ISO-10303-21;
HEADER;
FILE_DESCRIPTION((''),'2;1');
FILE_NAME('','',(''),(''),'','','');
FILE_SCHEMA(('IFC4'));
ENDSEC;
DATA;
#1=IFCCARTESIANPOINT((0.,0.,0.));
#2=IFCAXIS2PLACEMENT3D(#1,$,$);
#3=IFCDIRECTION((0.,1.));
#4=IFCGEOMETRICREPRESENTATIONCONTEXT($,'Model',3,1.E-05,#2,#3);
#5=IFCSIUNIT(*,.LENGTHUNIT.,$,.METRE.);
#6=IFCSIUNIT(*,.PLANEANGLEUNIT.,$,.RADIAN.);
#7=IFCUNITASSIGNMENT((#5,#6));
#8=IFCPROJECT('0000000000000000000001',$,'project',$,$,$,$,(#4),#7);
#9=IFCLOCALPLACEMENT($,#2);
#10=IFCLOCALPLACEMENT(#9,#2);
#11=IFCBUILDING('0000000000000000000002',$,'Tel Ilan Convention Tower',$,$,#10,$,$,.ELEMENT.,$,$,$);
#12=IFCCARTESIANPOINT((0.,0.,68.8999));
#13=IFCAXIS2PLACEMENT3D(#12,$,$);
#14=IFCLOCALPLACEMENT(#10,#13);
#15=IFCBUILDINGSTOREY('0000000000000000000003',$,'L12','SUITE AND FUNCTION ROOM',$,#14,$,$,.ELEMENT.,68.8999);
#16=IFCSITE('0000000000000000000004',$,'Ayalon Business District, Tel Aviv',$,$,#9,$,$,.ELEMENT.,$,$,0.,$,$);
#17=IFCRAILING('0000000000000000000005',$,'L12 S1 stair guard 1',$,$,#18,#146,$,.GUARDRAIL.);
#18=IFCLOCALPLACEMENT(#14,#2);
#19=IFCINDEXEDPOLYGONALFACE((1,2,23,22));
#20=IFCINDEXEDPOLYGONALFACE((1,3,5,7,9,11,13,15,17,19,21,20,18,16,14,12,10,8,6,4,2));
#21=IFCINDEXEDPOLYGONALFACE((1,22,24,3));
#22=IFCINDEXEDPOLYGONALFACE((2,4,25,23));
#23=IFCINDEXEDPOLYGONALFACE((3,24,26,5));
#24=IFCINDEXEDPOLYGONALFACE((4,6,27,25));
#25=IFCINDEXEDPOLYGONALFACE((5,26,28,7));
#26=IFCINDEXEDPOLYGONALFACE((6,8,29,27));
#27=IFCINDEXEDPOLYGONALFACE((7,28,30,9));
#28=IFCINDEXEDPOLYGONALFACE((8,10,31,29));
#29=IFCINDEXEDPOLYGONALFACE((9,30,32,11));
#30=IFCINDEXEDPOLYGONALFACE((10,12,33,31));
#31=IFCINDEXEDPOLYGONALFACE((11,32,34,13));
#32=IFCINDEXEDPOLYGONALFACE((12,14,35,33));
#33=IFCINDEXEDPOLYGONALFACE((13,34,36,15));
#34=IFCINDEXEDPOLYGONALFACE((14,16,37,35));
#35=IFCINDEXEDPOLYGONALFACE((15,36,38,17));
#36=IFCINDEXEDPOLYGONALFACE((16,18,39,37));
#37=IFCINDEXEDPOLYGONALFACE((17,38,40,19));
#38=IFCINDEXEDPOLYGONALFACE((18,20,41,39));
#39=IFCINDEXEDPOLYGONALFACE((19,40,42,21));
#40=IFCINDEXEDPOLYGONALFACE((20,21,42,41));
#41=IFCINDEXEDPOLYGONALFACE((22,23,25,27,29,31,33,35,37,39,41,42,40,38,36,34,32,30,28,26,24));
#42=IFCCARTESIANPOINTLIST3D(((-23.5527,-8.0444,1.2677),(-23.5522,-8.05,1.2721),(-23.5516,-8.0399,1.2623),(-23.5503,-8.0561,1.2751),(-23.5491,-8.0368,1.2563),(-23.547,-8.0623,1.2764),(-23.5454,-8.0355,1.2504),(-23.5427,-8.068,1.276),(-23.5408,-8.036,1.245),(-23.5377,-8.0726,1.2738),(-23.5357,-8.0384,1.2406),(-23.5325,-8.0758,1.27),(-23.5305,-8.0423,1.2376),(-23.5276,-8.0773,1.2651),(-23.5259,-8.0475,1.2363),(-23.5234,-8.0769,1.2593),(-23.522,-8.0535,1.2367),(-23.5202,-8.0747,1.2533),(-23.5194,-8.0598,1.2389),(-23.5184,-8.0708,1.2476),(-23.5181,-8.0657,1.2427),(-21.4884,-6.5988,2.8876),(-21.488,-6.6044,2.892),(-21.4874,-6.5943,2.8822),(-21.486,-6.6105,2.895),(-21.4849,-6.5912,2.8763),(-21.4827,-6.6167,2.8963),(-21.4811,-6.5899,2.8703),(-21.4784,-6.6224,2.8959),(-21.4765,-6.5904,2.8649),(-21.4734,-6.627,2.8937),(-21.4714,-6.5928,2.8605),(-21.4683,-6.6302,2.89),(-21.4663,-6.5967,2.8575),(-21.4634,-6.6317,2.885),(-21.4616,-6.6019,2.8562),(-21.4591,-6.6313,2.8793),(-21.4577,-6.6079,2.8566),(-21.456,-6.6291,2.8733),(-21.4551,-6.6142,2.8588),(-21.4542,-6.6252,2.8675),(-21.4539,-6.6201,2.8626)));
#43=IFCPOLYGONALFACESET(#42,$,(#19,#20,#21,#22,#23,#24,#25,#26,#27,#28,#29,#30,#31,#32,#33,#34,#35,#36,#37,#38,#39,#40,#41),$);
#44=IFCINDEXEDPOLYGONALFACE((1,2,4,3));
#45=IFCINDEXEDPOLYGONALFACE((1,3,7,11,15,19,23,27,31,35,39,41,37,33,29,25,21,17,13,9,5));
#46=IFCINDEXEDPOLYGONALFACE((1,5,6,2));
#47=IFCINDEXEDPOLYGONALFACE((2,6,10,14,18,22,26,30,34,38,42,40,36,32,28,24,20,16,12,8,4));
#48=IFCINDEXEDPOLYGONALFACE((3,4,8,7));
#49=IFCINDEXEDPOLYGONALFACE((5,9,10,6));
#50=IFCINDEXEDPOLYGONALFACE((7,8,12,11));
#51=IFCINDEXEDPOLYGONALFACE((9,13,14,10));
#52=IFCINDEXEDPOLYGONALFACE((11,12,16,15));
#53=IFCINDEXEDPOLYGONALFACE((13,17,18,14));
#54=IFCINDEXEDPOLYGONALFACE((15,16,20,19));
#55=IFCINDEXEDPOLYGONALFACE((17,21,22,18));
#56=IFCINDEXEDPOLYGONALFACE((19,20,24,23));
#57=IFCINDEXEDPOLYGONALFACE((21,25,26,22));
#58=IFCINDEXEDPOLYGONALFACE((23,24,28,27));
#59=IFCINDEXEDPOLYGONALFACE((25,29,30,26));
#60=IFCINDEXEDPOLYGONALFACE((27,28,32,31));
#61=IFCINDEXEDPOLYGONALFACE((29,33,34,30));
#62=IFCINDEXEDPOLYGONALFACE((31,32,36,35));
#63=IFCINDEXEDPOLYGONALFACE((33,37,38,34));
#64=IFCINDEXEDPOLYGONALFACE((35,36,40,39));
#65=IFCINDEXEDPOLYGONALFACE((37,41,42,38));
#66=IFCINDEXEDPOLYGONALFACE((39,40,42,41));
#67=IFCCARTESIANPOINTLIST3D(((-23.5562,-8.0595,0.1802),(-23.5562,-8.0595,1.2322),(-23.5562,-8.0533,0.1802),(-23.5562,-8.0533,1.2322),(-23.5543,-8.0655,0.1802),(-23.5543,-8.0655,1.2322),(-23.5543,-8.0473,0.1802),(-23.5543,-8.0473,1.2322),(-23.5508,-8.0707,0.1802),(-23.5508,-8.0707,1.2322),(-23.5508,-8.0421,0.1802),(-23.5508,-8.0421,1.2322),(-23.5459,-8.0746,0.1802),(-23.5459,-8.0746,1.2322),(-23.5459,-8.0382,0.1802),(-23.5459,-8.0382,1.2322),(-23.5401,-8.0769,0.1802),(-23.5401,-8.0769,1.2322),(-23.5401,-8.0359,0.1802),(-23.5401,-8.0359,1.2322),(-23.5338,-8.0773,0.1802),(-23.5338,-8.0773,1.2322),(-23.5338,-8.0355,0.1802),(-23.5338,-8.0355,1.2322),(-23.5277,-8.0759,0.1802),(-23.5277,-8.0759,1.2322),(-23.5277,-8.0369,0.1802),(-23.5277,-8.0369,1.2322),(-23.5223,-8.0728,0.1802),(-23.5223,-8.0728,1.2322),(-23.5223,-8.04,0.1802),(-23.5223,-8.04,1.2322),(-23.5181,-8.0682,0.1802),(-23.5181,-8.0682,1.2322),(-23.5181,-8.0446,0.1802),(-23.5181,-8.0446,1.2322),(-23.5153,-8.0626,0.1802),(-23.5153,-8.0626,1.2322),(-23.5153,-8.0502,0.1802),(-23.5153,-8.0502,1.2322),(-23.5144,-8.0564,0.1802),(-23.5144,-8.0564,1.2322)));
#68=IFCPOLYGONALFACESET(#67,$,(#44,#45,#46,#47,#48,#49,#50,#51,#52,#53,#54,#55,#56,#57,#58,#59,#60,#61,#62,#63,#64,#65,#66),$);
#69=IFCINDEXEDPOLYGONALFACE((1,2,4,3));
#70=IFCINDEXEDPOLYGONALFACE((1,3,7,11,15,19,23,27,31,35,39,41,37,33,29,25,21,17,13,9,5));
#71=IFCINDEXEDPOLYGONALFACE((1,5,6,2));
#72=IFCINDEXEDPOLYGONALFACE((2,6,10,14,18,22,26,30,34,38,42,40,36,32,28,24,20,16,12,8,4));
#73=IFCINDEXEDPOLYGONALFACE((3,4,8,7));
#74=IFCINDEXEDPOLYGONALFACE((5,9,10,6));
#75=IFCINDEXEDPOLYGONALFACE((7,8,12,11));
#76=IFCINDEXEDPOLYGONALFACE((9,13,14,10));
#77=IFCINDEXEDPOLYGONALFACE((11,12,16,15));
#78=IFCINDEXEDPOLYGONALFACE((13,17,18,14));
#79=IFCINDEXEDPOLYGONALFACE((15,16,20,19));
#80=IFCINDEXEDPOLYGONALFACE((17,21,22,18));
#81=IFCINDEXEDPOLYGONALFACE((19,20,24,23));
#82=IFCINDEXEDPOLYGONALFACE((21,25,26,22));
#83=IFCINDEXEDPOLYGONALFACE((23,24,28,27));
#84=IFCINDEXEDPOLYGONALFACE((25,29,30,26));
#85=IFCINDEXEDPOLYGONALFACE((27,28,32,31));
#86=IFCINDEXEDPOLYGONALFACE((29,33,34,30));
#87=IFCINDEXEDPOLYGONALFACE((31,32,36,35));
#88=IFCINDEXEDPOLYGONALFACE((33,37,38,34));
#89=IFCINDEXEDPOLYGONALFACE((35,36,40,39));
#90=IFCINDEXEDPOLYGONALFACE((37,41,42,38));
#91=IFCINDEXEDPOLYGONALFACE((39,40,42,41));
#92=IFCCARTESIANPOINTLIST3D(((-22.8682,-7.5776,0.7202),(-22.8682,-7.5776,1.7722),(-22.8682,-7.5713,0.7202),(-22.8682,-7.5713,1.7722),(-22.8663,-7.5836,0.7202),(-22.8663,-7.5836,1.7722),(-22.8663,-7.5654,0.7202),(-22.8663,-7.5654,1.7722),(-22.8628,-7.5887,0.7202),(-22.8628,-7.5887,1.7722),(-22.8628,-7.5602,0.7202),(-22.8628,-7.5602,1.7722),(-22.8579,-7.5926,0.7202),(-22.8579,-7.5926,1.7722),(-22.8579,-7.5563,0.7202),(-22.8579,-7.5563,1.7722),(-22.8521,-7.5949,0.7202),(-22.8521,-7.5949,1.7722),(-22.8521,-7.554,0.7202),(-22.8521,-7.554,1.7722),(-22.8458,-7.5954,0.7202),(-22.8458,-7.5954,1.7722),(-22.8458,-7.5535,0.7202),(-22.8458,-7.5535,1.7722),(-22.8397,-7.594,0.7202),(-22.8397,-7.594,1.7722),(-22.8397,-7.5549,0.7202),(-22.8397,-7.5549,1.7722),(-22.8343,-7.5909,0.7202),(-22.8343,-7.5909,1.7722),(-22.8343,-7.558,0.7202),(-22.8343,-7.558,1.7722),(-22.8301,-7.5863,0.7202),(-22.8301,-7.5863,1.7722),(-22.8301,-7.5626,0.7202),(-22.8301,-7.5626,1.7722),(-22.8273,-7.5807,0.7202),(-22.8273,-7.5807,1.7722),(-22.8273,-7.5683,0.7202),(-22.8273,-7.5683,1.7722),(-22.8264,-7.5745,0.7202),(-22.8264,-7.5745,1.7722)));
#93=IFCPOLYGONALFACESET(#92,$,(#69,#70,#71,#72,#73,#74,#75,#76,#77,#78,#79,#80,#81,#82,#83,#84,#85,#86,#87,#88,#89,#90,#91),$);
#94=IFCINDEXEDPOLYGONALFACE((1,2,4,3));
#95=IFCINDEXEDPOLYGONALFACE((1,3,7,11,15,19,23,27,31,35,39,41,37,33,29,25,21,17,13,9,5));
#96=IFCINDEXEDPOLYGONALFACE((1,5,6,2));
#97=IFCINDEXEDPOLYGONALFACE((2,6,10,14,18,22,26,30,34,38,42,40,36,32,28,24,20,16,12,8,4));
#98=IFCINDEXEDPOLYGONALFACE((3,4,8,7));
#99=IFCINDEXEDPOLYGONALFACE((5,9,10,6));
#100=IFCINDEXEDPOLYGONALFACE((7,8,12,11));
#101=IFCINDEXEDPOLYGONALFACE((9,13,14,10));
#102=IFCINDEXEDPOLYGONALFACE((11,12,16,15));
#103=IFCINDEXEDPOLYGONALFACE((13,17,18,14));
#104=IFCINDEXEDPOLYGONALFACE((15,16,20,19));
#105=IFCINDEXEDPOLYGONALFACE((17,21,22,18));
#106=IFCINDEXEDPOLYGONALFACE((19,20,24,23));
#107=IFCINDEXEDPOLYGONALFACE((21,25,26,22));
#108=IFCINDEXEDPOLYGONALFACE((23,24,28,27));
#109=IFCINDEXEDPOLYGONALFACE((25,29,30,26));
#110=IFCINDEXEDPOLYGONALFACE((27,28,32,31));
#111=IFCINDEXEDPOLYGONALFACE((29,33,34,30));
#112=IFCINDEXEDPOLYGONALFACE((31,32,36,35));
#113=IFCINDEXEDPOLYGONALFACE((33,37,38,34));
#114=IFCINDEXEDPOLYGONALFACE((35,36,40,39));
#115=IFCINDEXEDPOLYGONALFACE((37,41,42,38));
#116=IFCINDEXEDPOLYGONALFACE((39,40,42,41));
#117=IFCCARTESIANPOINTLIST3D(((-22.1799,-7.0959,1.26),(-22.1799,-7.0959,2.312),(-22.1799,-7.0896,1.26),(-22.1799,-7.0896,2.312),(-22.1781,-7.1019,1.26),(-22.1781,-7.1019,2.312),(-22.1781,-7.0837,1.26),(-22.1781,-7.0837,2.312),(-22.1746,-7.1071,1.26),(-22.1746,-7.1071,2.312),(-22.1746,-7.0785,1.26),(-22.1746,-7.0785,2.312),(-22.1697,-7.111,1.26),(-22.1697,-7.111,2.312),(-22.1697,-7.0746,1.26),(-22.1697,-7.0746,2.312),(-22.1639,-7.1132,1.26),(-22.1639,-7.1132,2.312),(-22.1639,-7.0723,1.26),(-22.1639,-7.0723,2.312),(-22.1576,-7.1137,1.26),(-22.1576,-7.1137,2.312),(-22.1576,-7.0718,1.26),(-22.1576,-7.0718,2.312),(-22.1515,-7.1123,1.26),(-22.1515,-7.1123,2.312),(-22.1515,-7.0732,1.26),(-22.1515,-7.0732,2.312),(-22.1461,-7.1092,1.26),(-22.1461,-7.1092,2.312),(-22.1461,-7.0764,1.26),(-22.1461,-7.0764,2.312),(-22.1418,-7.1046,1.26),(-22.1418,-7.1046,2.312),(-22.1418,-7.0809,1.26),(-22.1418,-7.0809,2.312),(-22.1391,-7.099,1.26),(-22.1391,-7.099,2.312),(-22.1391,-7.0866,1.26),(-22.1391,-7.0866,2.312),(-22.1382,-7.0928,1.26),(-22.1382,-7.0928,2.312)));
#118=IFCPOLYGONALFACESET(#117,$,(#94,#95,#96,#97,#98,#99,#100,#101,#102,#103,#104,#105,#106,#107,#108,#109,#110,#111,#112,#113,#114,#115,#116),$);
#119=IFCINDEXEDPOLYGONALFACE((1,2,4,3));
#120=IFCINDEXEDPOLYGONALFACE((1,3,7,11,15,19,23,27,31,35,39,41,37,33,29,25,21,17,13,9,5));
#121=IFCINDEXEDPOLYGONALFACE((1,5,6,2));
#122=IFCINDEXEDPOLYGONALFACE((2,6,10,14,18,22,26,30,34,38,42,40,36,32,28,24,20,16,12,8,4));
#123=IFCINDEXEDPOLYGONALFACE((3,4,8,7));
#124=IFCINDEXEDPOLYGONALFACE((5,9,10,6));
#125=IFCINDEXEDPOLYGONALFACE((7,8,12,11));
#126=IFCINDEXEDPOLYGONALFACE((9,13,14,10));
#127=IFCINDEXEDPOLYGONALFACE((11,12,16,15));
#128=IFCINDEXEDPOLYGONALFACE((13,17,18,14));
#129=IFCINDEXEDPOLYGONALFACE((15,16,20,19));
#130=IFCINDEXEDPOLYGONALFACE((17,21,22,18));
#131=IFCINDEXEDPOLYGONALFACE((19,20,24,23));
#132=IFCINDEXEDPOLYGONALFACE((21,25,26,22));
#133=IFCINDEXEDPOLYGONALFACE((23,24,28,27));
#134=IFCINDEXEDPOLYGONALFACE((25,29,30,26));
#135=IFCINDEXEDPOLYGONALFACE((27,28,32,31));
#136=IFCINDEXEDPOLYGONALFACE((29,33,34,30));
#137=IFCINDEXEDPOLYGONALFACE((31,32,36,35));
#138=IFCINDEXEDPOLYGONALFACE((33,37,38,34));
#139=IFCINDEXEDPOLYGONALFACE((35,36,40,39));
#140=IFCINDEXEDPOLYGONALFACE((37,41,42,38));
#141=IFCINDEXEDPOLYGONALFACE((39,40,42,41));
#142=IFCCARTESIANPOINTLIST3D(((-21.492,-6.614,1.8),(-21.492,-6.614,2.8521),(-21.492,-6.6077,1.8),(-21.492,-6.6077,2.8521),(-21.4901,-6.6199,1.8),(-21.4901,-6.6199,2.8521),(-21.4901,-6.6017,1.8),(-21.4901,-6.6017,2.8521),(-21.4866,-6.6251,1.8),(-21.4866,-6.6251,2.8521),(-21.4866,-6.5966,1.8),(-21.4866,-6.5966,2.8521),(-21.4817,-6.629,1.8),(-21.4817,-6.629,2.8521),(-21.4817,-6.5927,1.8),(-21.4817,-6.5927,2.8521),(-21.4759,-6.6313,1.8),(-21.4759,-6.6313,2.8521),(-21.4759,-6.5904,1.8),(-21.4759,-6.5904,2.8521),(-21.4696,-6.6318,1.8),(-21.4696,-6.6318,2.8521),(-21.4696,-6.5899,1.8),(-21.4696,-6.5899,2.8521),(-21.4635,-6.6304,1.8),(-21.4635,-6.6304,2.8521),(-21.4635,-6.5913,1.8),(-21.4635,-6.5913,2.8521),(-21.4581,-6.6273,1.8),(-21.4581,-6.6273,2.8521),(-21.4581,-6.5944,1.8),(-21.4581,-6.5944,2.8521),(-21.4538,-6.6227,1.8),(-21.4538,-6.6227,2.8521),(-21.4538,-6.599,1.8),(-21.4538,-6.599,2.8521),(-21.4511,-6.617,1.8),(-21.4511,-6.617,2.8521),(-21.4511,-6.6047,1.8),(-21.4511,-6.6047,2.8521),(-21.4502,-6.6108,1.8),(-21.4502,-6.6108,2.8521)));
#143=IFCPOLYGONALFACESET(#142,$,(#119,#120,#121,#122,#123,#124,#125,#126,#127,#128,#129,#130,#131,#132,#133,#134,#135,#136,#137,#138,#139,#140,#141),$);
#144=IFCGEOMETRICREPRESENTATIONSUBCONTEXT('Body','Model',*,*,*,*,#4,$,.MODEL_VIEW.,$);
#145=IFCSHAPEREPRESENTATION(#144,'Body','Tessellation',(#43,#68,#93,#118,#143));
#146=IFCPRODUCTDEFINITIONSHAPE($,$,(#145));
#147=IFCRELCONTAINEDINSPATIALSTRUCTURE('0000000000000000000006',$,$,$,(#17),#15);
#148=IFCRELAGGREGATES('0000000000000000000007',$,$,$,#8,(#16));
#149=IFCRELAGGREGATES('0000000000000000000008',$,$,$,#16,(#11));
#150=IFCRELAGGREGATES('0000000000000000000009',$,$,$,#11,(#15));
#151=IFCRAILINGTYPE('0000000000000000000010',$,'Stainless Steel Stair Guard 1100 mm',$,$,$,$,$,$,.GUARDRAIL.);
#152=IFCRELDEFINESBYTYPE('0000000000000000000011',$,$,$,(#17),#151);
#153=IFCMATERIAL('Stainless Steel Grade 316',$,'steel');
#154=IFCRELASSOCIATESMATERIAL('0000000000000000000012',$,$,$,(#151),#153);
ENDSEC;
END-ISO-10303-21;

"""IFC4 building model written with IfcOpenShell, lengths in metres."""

from ifc_helpers import new_model, si_unit, direction, frame, origin, origin_2d, place, context, subcontext, project, spatial, circle, extrude, material, type_object, element, save


model = new_model("IFC4")

# Units and contexts
model_context = context("Model", 3, precision=1e-05, world=origin(), true_north=direction((0.0, 1.0)))
body_context = subcontext(model_context, "Body", "Model", "MODEL_VIEW")
ifc_project = project(units=[si_unit("LENGTHUNIT", "METRE"), si_unit("PLANEANGLEUNIT", "RADIAN")], contexts=[model_context])

# Site, building, storey
site_placement = place(None, origin())
site = spatial("IfcSite", under=ifc_project, at=site_placement, Name="Ayalon Business District, Tel Aviv", CompositionType="ELEMENT", RefElevation=0.0)
building_placement = place(site_placement, origin())
building = spatial("IfcBuilding", under=site, at=building_placement, Name="Tel Ilan Convention Tower", CompositionType="ELEMENT")
storey_placement = place(building_placement, frame((0.0, 0.0, 68.8999)))
storey = spatial("IfcBuildingStorey", under=building, at=storey_placement, Name="L12", Description="SUITE AND FUNCTION ROOM", CompositionType="ELEMENT", Elevation=68.8999)

# Railing
ifc_material_1 = material(Name="Stainless Steel Grade 316", Category="steel")
railing_type = type_object("IfcRailingType", Name="Stainless Steel Stair Guard 1100 mm", PredefinedType="GUARDRAIL", material=ifc_material_1)
railing_1_placement = place(storey_placement, frame((-23.5354, -8.0564, 0.1802)))
element("IfcRailing", 1, at=railing_1_placement, inside=storey, type_object=railing_type, Name="L12 S1 stair guard 1", PredefinedType="GUARDRAIL", context=body_context, shape_type="SweptSolid", body=[
    extrude(circle(Radius=0.0239, at=origin_2d()), frame((0.0, 0.0, 1.0762), z_axis=(0.689043, 0.482534, 0.540722), x_axis=(-0.573625, 0.819118, 0.0)), (0.0, 0.0, 1.0), 2.9958),
    extrude(circle(Radius=0.021, at=origin_2d()), origin(), (0.0, 0.0, 1.0), 1.052),
    extrude(circle(Radius=0.021, at=origin_2d()), frame((0.688, 0.4819, 0.54)), (0.0, 0.0, 1.0), 1.052),
    extrude(circle(Radius=0.021, at=origin_2d()), frame((1.3762, 0.9636, 1.0798)), (0.0, 0.0, 1.0), 1.052),
    extrude(circle(Radius=0.021, at=origin_2d()), frame((2.0642, 1.4456, 1.6199)), (0.0, 0.0, 1.0), 1.052),
])

save(model, "model.ifc")
